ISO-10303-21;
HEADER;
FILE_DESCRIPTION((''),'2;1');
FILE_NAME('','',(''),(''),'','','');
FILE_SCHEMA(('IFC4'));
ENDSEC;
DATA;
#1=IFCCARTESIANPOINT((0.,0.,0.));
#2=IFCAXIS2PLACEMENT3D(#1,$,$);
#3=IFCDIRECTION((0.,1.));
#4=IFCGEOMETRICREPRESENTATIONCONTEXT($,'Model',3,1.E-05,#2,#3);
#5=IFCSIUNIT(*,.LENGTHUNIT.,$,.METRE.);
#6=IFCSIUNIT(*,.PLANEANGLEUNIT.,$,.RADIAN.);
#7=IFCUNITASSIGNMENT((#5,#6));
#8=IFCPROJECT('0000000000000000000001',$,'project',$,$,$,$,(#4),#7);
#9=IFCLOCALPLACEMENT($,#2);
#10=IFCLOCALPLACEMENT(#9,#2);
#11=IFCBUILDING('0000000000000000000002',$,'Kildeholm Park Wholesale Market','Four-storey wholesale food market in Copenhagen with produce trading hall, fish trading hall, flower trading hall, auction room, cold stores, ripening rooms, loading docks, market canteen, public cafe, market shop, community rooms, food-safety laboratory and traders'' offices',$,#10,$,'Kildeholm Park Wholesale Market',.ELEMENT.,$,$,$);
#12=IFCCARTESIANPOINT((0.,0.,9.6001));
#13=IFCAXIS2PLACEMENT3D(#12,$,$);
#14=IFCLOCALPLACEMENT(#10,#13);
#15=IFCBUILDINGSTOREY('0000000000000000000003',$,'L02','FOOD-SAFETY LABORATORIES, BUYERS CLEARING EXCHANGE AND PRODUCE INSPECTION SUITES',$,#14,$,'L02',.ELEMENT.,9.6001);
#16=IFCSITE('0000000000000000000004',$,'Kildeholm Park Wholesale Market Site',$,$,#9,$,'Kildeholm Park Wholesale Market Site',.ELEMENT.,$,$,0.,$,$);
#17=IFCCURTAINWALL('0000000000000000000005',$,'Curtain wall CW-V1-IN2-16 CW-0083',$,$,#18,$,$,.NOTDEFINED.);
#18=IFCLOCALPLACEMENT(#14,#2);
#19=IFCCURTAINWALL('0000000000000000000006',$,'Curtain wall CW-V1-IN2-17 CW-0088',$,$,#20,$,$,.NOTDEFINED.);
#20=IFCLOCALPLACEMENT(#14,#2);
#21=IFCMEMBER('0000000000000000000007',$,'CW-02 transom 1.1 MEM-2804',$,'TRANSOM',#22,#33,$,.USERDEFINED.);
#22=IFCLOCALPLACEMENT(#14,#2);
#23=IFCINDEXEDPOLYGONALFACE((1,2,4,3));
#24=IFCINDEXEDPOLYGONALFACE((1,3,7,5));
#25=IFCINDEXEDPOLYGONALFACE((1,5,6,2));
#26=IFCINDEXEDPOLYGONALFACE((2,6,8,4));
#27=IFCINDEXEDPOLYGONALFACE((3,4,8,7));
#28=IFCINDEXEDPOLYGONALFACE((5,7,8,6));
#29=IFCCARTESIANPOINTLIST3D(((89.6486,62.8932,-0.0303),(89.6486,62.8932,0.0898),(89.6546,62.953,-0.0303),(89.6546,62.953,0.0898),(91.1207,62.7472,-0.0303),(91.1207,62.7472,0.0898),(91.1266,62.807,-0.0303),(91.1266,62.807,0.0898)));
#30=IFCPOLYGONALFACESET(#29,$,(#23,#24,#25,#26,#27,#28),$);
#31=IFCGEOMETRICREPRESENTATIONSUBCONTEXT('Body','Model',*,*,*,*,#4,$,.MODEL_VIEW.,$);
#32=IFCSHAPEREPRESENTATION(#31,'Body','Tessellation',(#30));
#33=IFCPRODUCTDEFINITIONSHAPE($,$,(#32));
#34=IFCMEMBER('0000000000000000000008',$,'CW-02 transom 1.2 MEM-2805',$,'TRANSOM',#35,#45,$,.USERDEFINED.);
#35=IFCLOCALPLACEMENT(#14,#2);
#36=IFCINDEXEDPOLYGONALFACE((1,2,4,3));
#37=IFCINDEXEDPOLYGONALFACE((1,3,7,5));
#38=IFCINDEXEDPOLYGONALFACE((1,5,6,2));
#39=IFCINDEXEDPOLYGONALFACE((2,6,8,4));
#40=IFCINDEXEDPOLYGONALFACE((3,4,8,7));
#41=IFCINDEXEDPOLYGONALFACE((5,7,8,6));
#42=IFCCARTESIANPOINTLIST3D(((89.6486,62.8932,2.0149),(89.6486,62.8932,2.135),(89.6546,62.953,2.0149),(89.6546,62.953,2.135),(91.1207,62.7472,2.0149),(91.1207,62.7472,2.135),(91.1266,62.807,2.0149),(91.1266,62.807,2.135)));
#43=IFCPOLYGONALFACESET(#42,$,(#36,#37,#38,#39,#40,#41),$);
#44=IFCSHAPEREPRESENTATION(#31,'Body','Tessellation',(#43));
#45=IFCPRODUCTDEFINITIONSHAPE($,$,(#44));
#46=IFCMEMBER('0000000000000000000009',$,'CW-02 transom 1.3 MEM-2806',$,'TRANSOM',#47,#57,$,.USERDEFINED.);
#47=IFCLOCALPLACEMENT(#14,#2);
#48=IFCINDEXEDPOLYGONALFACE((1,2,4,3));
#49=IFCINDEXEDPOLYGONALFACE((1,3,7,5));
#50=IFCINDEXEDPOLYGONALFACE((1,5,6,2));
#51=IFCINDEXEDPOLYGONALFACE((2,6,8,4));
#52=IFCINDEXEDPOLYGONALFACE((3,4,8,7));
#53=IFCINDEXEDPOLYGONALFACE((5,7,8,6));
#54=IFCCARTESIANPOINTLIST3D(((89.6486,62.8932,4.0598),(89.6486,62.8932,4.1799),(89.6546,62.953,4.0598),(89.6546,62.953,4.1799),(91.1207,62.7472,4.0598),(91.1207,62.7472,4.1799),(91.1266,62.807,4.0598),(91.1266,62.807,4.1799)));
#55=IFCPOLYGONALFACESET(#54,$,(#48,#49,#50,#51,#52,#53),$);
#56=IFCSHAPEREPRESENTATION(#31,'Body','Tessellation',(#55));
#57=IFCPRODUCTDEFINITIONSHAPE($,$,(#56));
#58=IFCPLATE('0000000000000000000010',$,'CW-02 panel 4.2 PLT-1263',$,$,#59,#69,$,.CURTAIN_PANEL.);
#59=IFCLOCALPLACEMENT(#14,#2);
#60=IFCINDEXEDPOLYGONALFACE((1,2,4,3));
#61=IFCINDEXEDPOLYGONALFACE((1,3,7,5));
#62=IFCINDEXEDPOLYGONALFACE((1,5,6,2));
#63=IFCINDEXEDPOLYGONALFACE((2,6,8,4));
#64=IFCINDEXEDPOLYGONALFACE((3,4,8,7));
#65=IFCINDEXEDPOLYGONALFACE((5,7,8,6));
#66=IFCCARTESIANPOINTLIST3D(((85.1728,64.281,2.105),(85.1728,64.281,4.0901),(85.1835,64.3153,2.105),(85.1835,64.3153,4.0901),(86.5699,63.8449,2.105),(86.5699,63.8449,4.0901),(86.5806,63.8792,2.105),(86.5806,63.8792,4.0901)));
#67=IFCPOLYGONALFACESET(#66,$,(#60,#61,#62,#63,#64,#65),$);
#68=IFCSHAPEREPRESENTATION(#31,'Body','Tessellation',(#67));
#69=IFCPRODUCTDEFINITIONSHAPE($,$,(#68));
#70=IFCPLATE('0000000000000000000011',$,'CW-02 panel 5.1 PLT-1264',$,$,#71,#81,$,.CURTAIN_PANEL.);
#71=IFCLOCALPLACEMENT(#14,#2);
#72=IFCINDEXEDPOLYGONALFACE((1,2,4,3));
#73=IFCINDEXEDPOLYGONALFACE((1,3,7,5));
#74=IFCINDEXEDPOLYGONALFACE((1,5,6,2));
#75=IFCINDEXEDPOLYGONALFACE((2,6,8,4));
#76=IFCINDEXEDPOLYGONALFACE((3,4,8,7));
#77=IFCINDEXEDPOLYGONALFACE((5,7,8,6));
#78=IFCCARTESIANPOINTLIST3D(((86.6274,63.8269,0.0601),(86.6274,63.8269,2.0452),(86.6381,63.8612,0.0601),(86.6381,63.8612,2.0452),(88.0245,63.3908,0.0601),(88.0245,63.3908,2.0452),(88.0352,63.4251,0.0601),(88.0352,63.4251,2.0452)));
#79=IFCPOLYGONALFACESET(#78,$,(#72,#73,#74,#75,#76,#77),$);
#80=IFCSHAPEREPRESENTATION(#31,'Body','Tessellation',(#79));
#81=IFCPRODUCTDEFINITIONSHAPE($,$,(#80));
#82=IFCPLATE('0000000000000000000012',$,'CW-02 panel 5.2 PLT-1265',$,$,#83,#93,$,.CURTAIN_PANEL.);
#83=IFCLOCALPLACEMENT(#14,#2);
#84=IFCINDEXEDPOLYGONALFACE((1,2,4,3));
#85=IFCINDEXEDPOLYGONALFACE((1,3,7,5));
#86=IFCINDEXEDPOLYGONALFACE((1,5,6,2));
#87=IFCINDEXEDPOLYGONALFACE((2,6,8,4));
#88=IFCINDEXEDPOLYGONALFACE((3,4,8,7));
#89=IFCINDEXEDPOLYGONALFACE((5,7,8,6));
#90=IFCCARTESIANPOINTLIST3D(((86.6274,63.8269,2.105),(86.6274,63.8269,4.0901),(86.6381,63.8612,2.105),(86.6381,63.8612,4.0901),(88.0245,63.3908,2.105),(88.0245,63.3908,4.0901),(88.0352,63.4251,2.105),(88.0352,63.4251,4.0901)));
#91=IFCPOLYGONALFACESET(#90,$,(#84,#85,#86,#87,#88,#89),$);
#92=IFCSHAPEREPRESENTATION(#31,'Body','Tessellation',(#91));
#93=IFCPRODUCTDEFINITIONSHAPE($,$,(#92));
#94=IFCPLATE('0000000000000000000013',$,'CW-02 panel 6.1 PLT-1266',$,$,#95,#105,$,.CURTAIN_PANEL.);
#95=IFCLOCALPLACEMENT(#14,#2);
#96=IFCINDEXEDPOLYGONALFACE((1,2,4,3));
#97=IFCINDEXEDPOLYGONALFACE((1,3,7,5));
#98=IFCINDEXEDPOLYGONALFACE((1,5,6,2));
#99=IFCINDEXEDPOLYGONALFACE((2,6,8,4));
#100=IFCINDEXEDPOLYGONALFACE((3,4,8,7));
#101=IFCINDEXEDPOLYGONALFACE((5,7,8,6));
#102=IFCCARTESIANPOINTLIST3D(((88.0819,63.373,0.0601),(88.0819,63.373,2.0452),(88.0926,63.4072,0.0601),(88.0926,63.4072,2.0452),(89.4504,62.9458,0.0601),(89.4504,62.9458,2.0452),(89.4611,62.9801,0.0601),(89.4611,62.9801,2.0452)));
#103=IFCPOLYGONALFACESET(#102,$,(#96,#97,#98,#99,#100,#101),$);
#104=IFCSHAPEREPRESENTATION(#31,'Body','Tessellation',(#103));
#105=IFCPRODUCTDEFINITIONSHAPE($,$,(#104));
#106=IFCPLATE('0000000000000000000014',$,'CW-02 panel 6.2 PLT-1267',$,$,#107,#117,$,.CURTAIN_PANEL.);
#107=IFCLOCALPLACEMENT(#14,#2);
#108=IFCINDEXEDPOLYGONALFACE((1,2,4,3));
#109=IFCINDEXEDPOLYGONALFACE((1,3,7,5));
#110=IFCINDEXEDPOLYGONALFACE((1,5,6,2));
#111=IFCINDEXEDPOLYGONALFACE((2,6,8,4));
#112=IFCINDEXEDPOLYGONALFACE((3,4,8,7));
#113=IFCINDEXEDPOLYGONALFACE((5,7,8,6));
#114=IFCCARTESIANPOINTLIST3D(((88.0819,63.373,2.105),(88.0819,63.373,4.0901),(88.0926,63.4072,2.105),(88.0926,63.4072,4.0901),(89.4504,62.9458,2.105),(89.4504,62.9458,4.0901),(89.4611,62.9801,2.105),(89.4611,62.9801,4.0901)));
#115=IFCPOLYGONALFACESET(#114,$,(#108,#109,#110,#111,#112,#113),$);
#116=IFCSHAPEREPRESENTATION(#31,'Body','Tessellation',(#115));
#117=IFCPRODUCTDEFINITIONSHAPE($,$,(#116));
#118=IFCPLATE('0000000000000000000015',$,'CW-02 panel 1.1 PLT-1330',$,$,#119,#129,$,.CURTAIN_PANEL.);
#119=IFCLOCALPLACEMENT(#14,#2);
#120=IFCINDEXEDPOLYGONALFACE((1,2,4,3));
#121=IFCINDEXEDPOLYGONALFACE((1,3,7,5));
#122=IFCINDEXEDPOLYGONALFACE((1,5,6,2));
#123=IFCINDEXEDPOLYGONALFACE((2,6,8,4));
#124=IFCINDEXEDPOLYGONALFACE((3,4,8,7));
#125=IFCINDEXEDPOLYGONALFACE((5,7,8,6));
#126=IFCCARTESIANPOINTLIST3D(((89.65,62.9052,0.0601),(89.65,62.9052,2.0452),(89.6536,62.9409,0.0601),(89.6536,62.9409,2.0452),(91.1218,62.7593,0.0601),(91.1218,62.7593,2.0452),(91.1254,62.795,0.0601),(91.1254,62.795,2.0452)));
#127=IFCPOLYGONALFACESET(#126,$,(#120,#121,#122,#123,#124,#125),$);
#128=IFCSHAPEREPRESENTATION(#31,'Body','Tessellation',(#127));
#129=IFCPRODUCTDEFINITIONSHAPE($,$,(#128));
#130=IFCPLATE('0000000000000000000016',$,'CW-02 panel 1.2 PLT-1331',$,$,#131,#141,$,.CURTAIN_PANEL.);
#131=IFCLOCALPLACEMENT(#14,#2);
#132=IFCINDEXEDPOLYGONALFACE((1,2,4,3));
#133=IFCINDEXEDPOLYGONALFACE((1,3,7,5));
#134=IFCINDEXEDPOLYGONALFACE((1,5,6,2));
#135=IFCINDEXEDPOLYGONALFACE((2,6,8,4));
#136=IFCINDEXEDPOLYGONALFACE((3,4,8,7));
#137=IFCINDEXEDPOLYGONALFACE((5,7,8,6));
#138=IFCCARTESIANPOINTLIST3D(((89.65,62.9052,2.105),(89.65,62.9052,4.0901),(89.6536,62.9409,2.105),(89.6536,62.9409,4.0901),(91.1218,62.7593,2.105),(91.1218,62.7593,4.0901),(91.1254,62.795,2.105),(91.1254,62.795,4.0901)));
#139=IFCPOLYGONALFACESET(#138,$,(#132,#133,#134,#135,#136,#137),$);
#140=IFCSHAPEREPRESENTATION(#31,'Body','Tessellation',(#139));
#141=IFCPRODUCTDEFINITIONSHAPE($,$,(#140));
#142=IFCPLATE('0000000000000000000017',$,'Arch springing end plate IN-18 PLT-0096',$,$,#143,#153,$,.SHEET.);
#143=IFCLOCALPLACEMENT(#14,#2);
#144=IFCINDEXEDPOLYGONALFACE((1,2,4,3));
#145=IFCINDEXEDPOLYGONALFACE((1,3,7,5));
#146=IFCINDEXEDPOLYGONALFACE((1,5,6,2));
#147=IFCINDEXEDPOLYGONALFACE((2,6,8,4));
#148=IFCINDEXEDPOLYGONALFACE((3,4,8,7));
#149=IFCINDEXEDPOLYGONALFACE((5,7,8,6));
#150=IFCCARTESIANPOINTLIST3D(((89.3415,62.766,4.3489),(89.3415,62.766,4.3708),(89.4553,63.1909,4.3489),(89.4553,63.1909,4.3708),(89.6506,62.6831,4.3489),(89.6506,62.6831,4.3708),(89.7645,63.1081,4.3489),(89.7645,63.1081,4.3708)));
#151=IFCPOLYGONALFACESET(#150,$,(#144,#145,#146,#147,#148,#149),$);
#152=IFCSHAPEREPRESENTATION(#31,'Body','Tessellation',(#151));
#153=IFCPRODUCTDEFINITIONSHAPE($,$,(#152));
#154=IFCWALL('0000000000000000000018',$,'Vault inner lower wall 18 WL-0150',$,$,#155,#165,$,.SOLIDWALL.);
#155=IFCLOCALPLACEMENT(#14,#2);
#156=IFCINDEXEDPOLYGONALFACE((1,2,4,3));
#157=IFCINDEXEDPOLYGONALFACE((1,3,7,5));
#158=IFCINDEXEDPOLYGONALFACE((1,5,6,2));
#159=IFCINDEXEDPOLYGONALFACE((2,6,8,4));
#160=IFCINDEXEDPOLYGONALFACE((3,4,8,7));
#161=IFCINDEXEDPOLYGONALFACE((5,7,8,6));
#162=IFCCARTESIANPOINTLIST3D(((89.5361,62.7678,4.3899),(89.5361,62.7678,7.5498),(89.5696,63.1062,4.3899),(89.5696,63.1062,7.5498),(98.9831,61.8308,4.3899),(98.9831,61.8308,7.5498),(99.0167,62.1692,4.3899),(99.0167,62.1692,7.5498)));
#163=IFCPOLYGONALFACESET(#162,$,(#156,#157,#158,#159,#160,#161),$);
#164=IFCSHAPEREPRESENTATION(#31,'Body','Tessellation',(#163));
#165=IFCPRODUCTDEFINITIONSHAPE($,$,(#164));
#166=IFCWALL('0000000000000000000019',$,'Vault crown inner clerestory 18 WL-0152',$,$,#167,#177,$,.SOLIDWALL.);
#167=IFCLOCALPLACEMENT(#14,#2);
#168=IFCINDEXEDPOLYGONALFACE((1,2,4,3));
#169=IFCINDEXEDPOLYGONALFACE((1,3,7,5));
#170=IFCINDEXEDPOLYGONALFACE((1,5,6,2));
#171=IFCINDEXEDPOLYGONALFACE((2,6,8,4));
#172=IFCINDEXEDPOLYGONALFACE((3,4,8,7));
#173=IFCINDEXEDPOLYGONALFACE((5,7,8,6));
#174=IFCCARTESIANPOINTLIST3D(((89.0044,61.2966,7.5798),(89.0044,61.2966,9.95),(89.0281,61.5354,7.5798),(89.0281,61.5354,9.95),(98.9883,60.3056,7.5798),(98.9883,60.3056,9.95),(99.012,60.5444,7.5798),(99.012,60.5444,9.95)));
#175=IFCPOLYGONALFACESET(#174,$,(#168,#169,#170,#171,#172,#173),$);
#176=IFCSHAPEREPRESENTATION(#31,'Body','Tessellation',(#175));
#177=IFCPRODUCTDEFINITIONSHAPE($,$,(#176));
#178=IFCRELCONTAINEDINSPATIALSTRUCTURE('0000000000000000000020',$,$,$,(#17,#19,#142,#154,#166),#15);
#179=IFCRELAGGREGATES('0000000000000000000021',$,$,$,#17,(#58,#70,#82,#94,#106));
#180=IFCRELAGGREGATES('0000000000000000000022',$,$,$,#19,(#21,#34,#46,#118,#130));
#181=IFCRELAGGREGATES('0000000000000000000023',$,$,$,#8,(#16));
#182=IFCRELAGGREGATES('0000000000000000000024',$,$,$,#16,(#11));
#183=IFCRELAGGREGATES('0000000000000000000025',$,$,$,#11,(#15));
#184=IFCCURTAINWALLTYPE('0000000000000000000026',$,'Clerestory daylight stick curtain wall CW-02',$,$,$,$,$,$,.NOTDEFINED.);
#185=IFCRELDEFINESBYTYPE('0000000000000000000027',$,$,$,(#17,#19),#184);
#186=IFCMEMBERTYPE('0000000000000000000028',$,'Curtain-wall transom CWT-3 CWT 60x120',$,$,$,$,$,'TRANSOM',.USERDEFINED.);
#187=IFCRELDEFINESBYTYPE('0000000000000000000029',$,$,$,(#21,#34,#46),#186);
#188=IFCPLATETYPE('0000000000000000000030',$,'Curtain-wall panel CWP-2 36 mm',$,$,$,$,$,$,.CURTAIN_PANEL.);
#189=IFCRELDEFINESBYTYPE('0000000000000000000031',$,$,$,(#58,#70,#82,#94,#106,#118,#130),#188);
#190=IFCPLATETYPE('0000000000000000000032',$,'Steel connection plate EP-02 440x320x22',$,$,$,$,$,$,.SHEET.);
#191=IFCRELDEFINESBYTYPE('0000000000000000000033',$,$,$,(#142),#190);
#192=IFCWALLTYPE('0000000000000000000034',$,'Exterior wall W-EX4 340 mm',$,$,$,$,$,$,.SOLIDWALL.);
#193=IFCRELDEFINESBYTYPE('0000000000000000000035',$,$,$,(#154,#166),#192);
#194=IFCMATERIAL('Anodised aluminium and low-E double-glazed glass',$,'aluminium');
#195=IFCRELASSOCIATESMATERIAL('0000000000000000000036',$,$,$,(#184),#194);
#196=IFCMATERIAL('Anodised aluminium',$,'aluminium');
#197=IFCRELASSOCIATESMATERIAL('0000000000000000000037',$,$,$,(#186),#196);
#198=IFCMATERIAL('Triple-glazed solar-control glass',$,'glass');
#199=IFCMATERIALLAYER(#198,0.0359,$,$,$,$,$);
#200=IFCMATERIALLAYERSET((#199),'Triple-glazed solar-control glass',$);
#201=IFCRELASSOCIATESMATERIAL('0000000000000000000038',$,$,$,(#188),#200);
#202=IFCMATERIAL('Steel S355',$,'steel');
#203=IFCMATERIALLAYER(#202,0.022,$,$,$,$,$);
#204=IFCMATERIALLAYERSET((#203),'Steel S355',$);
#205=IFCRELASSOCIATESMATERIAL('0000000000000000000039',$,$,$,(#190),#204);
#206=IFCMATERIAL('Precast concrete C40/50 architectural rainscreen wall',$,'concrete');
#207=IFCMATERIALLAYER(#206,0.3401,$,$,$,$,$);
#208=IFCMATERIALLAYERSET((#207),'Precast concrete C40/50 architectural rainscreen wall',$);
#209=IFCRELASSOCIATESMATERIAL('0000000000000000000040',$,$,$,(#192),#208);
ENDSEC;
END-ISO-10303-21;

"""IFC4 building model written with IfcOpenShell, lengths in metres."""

from ifc_helpers import new_model, si_unit, direction, frame, frame_2d, origin, origin_2d, place, context, subcontext, project, spatial, rectangle, extrude, material, layer, layer_set, material_profile, profile_set, type_object, element, aggregate, save


model = new_model("IFC4")

# Units and contexts
model_context = context("Model", 3, precision=1e-05, world=origin(), true_north=direction((0.0, 1.0)))
body_context = subcontext(model_context, "Body", "Model", "MODEL_VIEW")
ifc_project = project(units=[si_unit("LENGTHUNIT", "METRE"), si_unit("PLANEANGLEUNIT", "RADIAN")], contexts=[model_context])

# Site, building, storey
site_placement = place(None, origin())
site = spatial("IfcSite", under=ifc_project, at=site_placement, Name="Kildeholm Park Wholesale Market Site", LongName="Kildeholm Park Wholesale Market Site", CompositionType="ELEMENT", RefElevation=0.0)
building_placement = place(site_placement, origin())
building = spatial("IfcBuilding", under=site, at=building_placement, Name="Kildeholm Park Wholesale Market", Description="Four-storey wholesale food market in Copenhagen with produce trading hall, fish trading hall, flower trading hall, auction room, cold stores, ripening rooms, loading docks, market canteen, public cafe, market shop, community rooms, food-safety laboratory and traders' offices", LongName="Kildeholm Park Wholesale Market", CompositionType="ELEMENT")
storey_placement = place(building_placement, frame((0.0, 0.0, 9.6001)))
storey = spatial("IfcBuildingStorey", under=building, at=storey_placement, Name="L02", Description="FOOD-SAFETY LABORATORIES, BUYERS CLEARING EXCHANGE AND PRODUCE INSPECTION SUITES", LongName="L02", CompositionType="ELEMENT", Elevation=9.6001)

# Shared definitions
ifc_material_1 = material(Name="Steel S355", Category="steel")

# Curtain walls
ifc_material_2 = material(Name="Anodised aluminium and low-E double-glazed glass", Category="aluminium")
curtain_wall_type = type_object("IfcCurtainWallType", Name="Clerestory daylight stick curtain wall CW-02", PredefinedType="NOTDEFINED", material=ifc_material_2)
curtain_wall_1_placement = place(storey_placement, origin())
curtain_wall_1 = element("IfcCurtainWall", 1, at=curtain_wall_1_placement, inside=storey, type_object=curtain_wall_type, Name="Curtain wall CW-V1-IN2-16 CW-0083", PredefinedType="NOTDEFINED")
ifc_material_3 = material(Name="Anodised aluminium", Category="aluminium")
curtain_wall_2_placement = place(storey_placement, origin())
curtain_wall_2 = element("IfcCurtainWall", 2, at=curtain_wall_2_placement, inside=storey, type_object=curtain_wall_type, Name="Curtain wall CW-V1-IN2-17 CW-0088", PredefinedType="NOTDEFINED")

# Members
ifc_material_profile_1 = material_profile(ifc_material_3, rectangle(XDim=0.0601, YDim=0.1201, at=origin_2d()), Name="CWT 60x120")
ifc_profile_set_1 = profile_set([ifc_material_profile_1], Name="Anodised aluminium")
member_type_1 = type_object("IfcMemberType", Name="Curtain-wall transom CWT-3 CWT 60x120", ElementType="TRANSOM", PredefinedType="USERDEFINED", material=ifc_profile_set_1)
member_1_placement = place(storey_placement, frame((89.6516, 62.9231, 0.0298), z_axis=(0.995117, -0.098703, 0.0), x_axis=(0.098703, 0.995117, 0.0)))
member_1 = element("IfcMember", 3, at=member_1_placement, type_object=member_type_1, Name="CW-02 transom 1.1 MEM-2804", ObjectType="TRANSOM", PredefinedType="USERDEFINED", context=body_context, shape_type="SweptSolid", body=[
    extrude(rectangle(XDim=0.0601, YDim=0.1201, at=origin_2d()), origin(), (0.0, 0.0, 1.0), 1.4792),
])
member_2_placement = place(storey_placement, frame((89.6516, 62.9231, 2.075), z_axis=(0.995117, -0.098703, 0.0), x_axis=(0.098703, 0.995117, 0.0)))
member_2 = element("IfcMember", 4, at=member_2_placement, type_object=member_type_1, Name="CW-02 transom 1.2 MEM-2805", ObjectType="TRANSOM", PredefinedType="USERDEFINED", context=body_context, shape_type="SweptSolid", body=[
    extrude(rectangle(XDim=0.0601, YDim=0.1201, at=origin_2d()), origin(), (0.0, 0.0, 1.0), 1.4792),
])
member_3_placement = place(storey_placement, frame((89.6516, 62.9231, 4.1199), z_axis=(0.995117, -0.098703, 0.0), x_axis=(0.098703, 0.995117, 0.0)))
member_3 = element("IfcMember", 5, at=member_3_placement, type_object=member_type_1, Name="CW-02 transom 1.3 MEM-2806", ObjectType="TRANSOM", PredefinedType="USERDEFINED", context=body_context, shape_type="SweptSolid", body=[
    extrude(rectangle(XDim=0.0601, YDim=0.1201, at=origin_2d()), origin(), (0.0, 0.0, 1.0), 1.4792),
])

# Plates
ifc_material_4 = material(Name="Triple-glazed solar-control glass", Category="glass")
ifc_layer_1 = layer(ifc_material_4, 0.0359)
ifc_layer_set_1 = layer_set([ifc_layer_1], Name="Triple-glazed solar-control glass")
plate_type_1 = type_object("IfcPlateType", Name="Curtain-wall panel CWP-2 36 mm", PredefinedType="CURTAIN_PANEL", material=ifc_layer_set_1)
plate_1_placement = place(storey_placement, frame((85.8767, 64.0801, 2.105), z_axis=(0.0, 0.0, 1.0), x_axis=(0.954579, -0.297957, 0.0)))
plate_1 = element("IfcPlate", 6, at=plate_1_placement, type_object=plate_type_1, Name="CW-02 panel 4.2 PLT-1263", PredefinedType="CURTAIN_PANEL", context=body_context, shape_type="SweptSolid", body=[
    extrude(rectangle(XDim=1.4636, YDim=0.0359, at=origin_2d()), origin(), (0.0, 0.0, 1.0), 1.9851),
])
plate_2_placement = place(storey_placement, frame((87.3313, 63.626, 0.0601), z_axis=(0.0, 0.0, 1.0), x_axis=(0.954579, -0.297957, 0.0)))
plate_2 = element("IfcPlate", 7, at=plate_2_placement, type_object=plate_type_1, Name="CW-02 panel 5.1 PLT-1264", PredefinedType="CURTAIN_PANEL", context=body_context, shape_type="SweptSolid", body=[
    extrude(rectangle(XDim=1.4636, YDim=0.0359, at=origin_2d()), origin(), (0.0, 0.0, 1.0), 1.9851),
])
plate_3_placement = place(storey_placement, frame((87.3313, 63.626, 2.105), z_axis=(0.0, 0.0, 1.0), x_axis=(0.954579, -0.297957, 0.0)))
plate_3 = element("IfcPlate", 8, at=plate_3_placement, type_object=plate_type_1, Name="CW-02 panel 5.2 PLT-1265", PredefinedType="CURTAIN_PANEL", context=body_context, shape_type="SweptSolid", body=[
    extrude(rectangle(XDim=1.4636, YDim=0.0359, at=origin_2d()), origin(), (0.0, 0.0, 1.0), 1.9851),
])
plate_4_placement = place(storey_placement, frame((88.7715, 63.1765, 0.0601), z_axis=(0.0, 0.0, 1.0), x_axis=(0.954579, -0.297957, 0.0)))
plate_4 = element("IfcPlate", 9, at=plate_4_placement, type_object=plate_type_1, Name="CW-02 panel 6.1 PLT-1266", PredefinedType="CURTAIN_PANEL", context=body_context, shape_type="SweptSolid", body=[
    extrude(rectangle(XDim=1.4336, YDim=0.0359, at=origin_2d()), origin(), (0.0, 0.0, 1.0), 1.9851),
])
plate_5_placement = place(storey_placement, frame((88.7715, 63.1765, 2.105), z_axis=(0.0, 0.0, 1.0), x_axis=(0.954579, -0.297957, 0.0)))
plate_5 = element("IfcPlate", 10, at=plate_5_placement, type_object=plate_type_1, Name="CW-02 panel 6.2 PLT-1267", PredefinedType="CURTAIN_PANEL", context=body_context, shape_type="SweptSolid", body=[
    extrude(rectangle(XDim=1.4336, YDim=0.0359, at=origin_2d()), origin(), (0.0, 0.0, 1.0), 1.9851),
])
aggregate(curtain_wall_1, [plate_1, plate_2, plate_3, plate_4, plate_5])
plate_6_placement = place(storey_placement, frame((90.3877, 62.8501, 0.0601), z_axis=(0.0, 0.0, 1.0), x_axis=(0.995119, -0.098683, 0.0)))
plate_6 = element("IfcPlate", 11, at=plate_6_placement, type_object=plate_type_1, Name="CW-02 panel 1.1 PLT-1330", PredefinedType="CURTAIN_PANEL", context=body_context, shape_type="SweptSolid", body=[
    extrude(rectangle(XDim=1.479, YDim=0.0359, at=origin_2d()), origin(), (0.0, 0.0, 1.0), 1.9851),
])
plate_7_placement = place(storey_placement, frame((90.3877, 62.8501, 2.105), z_axis=(0.0, 0.0, 1.0), x_axis=(0.995119, -0.098683, 0.0)))
plate_7 = element("IfcPlate", 12, at=plate_7_placement, type_object=plate_type_1, Name="CW-02 panel 1.2 PLT-1331", PredefinedType="CURTAIN_PANEL", context=body_context, shape_type="SweptSolid", body=[
    extrude(rectangle(XDim=1.479, YDim=0.0359, at=origin_2d()), origin(), (0.0, 0.0, 1.0), 1.9851),
])
aggregate(curtain_wall_2, [member_1, member_2, member_3, plate_6, plate_7])
ifc_layer_2 = layer(ifc_material_1, 0.022)
ifc_layer_set_2 = layer_set([ifc_layer_2], Name="Steel S355")
plate_type_2 = type_object("IfcPlateType", Name="Steel connection plate EP-02 440x320x22", PredefinedType="SHEET", material=ifc_layer_set_2)
plate_8_placement = place(storey_placement, frame((89.553, 62.937, 4.3489), z_axis=(0.0, 0.0, 1.0), x_axis=(-0.258819, -0.965926, 0.0)))
element("IfcPlate", 13, at=plate_8_placement, inside=storey, type_object=plate_type_2, Name="Arch springing end plate IN-18 PLT-0096", PredefinedType="SHEET", context=body_context, shape_type="SweptSolid", body=[
    extrude(rectangle(XDim=0.4399, YDim=0.3201, at=origin_2d()), origin(), (0.0, 0.0, 1.0), 0.022),
])

# Walls
ifc_material_5 = material(Name="Precast concrete C40/50 architectural rainscreen wall", Category="concrete")
ifc_layer_3 = layer(ifc_material_5, 0.3401)
ifc_layer_set_3 = layer_set([ifc_layer_3], Name="Precast concrete C40/50 architectural rainscreen wall")
wall_type = type_object("IfcWallType", Name="Exterior wall W-EX4 340 mm", PredefinedType="SOLIDWALL", material=ifc_layer_set_3)
wall_1_placement = place(storey_placement, frame((89.553, 62.937, 4.3899), z_axis=(0.0, 0.0, 1.0), x_axis=(0.995117, -0.098702, 0.0)))
element("IfcWall", 14, at=wall_1_placement, inside=storey, type_object=wall_type, Name="Vault inner lower wall 18 WL-0150", PredefinedType="SOLIDWALL", context=body_context, shape_type="SweptSolid", body=[
    extrude(rectangle(XDim=9.4934, YDim=0.3401, at=frame_2d((4.7466, 0.0))), origin(), (0.0, 0.0, 1.0), 3.1599),
])
wall_2_placement = place(storey_placement, frame((89.0161, 61.416, 7.5798), z_axis=(0.0, 0.0, 1.0), x_axis=(0.99511, -0.098771, 0.0)))
element("IfcWall", 15, at=wall_2_placement, inside=storey, type_object=wall_type, Name="Vault crown inner clerestory 18 WL-0152", PredefinedType="SOLIDWALL", context=body_context, shape_type="SweptSolid", body=[
    extrude(rectangle(XDim=10.033, YDim=0.24, at=frame_2d((5.0166, 0.0))), origin(), (0.0, 0.0, 1.0), 2.3701),
])

save(model, "model.ifc")
